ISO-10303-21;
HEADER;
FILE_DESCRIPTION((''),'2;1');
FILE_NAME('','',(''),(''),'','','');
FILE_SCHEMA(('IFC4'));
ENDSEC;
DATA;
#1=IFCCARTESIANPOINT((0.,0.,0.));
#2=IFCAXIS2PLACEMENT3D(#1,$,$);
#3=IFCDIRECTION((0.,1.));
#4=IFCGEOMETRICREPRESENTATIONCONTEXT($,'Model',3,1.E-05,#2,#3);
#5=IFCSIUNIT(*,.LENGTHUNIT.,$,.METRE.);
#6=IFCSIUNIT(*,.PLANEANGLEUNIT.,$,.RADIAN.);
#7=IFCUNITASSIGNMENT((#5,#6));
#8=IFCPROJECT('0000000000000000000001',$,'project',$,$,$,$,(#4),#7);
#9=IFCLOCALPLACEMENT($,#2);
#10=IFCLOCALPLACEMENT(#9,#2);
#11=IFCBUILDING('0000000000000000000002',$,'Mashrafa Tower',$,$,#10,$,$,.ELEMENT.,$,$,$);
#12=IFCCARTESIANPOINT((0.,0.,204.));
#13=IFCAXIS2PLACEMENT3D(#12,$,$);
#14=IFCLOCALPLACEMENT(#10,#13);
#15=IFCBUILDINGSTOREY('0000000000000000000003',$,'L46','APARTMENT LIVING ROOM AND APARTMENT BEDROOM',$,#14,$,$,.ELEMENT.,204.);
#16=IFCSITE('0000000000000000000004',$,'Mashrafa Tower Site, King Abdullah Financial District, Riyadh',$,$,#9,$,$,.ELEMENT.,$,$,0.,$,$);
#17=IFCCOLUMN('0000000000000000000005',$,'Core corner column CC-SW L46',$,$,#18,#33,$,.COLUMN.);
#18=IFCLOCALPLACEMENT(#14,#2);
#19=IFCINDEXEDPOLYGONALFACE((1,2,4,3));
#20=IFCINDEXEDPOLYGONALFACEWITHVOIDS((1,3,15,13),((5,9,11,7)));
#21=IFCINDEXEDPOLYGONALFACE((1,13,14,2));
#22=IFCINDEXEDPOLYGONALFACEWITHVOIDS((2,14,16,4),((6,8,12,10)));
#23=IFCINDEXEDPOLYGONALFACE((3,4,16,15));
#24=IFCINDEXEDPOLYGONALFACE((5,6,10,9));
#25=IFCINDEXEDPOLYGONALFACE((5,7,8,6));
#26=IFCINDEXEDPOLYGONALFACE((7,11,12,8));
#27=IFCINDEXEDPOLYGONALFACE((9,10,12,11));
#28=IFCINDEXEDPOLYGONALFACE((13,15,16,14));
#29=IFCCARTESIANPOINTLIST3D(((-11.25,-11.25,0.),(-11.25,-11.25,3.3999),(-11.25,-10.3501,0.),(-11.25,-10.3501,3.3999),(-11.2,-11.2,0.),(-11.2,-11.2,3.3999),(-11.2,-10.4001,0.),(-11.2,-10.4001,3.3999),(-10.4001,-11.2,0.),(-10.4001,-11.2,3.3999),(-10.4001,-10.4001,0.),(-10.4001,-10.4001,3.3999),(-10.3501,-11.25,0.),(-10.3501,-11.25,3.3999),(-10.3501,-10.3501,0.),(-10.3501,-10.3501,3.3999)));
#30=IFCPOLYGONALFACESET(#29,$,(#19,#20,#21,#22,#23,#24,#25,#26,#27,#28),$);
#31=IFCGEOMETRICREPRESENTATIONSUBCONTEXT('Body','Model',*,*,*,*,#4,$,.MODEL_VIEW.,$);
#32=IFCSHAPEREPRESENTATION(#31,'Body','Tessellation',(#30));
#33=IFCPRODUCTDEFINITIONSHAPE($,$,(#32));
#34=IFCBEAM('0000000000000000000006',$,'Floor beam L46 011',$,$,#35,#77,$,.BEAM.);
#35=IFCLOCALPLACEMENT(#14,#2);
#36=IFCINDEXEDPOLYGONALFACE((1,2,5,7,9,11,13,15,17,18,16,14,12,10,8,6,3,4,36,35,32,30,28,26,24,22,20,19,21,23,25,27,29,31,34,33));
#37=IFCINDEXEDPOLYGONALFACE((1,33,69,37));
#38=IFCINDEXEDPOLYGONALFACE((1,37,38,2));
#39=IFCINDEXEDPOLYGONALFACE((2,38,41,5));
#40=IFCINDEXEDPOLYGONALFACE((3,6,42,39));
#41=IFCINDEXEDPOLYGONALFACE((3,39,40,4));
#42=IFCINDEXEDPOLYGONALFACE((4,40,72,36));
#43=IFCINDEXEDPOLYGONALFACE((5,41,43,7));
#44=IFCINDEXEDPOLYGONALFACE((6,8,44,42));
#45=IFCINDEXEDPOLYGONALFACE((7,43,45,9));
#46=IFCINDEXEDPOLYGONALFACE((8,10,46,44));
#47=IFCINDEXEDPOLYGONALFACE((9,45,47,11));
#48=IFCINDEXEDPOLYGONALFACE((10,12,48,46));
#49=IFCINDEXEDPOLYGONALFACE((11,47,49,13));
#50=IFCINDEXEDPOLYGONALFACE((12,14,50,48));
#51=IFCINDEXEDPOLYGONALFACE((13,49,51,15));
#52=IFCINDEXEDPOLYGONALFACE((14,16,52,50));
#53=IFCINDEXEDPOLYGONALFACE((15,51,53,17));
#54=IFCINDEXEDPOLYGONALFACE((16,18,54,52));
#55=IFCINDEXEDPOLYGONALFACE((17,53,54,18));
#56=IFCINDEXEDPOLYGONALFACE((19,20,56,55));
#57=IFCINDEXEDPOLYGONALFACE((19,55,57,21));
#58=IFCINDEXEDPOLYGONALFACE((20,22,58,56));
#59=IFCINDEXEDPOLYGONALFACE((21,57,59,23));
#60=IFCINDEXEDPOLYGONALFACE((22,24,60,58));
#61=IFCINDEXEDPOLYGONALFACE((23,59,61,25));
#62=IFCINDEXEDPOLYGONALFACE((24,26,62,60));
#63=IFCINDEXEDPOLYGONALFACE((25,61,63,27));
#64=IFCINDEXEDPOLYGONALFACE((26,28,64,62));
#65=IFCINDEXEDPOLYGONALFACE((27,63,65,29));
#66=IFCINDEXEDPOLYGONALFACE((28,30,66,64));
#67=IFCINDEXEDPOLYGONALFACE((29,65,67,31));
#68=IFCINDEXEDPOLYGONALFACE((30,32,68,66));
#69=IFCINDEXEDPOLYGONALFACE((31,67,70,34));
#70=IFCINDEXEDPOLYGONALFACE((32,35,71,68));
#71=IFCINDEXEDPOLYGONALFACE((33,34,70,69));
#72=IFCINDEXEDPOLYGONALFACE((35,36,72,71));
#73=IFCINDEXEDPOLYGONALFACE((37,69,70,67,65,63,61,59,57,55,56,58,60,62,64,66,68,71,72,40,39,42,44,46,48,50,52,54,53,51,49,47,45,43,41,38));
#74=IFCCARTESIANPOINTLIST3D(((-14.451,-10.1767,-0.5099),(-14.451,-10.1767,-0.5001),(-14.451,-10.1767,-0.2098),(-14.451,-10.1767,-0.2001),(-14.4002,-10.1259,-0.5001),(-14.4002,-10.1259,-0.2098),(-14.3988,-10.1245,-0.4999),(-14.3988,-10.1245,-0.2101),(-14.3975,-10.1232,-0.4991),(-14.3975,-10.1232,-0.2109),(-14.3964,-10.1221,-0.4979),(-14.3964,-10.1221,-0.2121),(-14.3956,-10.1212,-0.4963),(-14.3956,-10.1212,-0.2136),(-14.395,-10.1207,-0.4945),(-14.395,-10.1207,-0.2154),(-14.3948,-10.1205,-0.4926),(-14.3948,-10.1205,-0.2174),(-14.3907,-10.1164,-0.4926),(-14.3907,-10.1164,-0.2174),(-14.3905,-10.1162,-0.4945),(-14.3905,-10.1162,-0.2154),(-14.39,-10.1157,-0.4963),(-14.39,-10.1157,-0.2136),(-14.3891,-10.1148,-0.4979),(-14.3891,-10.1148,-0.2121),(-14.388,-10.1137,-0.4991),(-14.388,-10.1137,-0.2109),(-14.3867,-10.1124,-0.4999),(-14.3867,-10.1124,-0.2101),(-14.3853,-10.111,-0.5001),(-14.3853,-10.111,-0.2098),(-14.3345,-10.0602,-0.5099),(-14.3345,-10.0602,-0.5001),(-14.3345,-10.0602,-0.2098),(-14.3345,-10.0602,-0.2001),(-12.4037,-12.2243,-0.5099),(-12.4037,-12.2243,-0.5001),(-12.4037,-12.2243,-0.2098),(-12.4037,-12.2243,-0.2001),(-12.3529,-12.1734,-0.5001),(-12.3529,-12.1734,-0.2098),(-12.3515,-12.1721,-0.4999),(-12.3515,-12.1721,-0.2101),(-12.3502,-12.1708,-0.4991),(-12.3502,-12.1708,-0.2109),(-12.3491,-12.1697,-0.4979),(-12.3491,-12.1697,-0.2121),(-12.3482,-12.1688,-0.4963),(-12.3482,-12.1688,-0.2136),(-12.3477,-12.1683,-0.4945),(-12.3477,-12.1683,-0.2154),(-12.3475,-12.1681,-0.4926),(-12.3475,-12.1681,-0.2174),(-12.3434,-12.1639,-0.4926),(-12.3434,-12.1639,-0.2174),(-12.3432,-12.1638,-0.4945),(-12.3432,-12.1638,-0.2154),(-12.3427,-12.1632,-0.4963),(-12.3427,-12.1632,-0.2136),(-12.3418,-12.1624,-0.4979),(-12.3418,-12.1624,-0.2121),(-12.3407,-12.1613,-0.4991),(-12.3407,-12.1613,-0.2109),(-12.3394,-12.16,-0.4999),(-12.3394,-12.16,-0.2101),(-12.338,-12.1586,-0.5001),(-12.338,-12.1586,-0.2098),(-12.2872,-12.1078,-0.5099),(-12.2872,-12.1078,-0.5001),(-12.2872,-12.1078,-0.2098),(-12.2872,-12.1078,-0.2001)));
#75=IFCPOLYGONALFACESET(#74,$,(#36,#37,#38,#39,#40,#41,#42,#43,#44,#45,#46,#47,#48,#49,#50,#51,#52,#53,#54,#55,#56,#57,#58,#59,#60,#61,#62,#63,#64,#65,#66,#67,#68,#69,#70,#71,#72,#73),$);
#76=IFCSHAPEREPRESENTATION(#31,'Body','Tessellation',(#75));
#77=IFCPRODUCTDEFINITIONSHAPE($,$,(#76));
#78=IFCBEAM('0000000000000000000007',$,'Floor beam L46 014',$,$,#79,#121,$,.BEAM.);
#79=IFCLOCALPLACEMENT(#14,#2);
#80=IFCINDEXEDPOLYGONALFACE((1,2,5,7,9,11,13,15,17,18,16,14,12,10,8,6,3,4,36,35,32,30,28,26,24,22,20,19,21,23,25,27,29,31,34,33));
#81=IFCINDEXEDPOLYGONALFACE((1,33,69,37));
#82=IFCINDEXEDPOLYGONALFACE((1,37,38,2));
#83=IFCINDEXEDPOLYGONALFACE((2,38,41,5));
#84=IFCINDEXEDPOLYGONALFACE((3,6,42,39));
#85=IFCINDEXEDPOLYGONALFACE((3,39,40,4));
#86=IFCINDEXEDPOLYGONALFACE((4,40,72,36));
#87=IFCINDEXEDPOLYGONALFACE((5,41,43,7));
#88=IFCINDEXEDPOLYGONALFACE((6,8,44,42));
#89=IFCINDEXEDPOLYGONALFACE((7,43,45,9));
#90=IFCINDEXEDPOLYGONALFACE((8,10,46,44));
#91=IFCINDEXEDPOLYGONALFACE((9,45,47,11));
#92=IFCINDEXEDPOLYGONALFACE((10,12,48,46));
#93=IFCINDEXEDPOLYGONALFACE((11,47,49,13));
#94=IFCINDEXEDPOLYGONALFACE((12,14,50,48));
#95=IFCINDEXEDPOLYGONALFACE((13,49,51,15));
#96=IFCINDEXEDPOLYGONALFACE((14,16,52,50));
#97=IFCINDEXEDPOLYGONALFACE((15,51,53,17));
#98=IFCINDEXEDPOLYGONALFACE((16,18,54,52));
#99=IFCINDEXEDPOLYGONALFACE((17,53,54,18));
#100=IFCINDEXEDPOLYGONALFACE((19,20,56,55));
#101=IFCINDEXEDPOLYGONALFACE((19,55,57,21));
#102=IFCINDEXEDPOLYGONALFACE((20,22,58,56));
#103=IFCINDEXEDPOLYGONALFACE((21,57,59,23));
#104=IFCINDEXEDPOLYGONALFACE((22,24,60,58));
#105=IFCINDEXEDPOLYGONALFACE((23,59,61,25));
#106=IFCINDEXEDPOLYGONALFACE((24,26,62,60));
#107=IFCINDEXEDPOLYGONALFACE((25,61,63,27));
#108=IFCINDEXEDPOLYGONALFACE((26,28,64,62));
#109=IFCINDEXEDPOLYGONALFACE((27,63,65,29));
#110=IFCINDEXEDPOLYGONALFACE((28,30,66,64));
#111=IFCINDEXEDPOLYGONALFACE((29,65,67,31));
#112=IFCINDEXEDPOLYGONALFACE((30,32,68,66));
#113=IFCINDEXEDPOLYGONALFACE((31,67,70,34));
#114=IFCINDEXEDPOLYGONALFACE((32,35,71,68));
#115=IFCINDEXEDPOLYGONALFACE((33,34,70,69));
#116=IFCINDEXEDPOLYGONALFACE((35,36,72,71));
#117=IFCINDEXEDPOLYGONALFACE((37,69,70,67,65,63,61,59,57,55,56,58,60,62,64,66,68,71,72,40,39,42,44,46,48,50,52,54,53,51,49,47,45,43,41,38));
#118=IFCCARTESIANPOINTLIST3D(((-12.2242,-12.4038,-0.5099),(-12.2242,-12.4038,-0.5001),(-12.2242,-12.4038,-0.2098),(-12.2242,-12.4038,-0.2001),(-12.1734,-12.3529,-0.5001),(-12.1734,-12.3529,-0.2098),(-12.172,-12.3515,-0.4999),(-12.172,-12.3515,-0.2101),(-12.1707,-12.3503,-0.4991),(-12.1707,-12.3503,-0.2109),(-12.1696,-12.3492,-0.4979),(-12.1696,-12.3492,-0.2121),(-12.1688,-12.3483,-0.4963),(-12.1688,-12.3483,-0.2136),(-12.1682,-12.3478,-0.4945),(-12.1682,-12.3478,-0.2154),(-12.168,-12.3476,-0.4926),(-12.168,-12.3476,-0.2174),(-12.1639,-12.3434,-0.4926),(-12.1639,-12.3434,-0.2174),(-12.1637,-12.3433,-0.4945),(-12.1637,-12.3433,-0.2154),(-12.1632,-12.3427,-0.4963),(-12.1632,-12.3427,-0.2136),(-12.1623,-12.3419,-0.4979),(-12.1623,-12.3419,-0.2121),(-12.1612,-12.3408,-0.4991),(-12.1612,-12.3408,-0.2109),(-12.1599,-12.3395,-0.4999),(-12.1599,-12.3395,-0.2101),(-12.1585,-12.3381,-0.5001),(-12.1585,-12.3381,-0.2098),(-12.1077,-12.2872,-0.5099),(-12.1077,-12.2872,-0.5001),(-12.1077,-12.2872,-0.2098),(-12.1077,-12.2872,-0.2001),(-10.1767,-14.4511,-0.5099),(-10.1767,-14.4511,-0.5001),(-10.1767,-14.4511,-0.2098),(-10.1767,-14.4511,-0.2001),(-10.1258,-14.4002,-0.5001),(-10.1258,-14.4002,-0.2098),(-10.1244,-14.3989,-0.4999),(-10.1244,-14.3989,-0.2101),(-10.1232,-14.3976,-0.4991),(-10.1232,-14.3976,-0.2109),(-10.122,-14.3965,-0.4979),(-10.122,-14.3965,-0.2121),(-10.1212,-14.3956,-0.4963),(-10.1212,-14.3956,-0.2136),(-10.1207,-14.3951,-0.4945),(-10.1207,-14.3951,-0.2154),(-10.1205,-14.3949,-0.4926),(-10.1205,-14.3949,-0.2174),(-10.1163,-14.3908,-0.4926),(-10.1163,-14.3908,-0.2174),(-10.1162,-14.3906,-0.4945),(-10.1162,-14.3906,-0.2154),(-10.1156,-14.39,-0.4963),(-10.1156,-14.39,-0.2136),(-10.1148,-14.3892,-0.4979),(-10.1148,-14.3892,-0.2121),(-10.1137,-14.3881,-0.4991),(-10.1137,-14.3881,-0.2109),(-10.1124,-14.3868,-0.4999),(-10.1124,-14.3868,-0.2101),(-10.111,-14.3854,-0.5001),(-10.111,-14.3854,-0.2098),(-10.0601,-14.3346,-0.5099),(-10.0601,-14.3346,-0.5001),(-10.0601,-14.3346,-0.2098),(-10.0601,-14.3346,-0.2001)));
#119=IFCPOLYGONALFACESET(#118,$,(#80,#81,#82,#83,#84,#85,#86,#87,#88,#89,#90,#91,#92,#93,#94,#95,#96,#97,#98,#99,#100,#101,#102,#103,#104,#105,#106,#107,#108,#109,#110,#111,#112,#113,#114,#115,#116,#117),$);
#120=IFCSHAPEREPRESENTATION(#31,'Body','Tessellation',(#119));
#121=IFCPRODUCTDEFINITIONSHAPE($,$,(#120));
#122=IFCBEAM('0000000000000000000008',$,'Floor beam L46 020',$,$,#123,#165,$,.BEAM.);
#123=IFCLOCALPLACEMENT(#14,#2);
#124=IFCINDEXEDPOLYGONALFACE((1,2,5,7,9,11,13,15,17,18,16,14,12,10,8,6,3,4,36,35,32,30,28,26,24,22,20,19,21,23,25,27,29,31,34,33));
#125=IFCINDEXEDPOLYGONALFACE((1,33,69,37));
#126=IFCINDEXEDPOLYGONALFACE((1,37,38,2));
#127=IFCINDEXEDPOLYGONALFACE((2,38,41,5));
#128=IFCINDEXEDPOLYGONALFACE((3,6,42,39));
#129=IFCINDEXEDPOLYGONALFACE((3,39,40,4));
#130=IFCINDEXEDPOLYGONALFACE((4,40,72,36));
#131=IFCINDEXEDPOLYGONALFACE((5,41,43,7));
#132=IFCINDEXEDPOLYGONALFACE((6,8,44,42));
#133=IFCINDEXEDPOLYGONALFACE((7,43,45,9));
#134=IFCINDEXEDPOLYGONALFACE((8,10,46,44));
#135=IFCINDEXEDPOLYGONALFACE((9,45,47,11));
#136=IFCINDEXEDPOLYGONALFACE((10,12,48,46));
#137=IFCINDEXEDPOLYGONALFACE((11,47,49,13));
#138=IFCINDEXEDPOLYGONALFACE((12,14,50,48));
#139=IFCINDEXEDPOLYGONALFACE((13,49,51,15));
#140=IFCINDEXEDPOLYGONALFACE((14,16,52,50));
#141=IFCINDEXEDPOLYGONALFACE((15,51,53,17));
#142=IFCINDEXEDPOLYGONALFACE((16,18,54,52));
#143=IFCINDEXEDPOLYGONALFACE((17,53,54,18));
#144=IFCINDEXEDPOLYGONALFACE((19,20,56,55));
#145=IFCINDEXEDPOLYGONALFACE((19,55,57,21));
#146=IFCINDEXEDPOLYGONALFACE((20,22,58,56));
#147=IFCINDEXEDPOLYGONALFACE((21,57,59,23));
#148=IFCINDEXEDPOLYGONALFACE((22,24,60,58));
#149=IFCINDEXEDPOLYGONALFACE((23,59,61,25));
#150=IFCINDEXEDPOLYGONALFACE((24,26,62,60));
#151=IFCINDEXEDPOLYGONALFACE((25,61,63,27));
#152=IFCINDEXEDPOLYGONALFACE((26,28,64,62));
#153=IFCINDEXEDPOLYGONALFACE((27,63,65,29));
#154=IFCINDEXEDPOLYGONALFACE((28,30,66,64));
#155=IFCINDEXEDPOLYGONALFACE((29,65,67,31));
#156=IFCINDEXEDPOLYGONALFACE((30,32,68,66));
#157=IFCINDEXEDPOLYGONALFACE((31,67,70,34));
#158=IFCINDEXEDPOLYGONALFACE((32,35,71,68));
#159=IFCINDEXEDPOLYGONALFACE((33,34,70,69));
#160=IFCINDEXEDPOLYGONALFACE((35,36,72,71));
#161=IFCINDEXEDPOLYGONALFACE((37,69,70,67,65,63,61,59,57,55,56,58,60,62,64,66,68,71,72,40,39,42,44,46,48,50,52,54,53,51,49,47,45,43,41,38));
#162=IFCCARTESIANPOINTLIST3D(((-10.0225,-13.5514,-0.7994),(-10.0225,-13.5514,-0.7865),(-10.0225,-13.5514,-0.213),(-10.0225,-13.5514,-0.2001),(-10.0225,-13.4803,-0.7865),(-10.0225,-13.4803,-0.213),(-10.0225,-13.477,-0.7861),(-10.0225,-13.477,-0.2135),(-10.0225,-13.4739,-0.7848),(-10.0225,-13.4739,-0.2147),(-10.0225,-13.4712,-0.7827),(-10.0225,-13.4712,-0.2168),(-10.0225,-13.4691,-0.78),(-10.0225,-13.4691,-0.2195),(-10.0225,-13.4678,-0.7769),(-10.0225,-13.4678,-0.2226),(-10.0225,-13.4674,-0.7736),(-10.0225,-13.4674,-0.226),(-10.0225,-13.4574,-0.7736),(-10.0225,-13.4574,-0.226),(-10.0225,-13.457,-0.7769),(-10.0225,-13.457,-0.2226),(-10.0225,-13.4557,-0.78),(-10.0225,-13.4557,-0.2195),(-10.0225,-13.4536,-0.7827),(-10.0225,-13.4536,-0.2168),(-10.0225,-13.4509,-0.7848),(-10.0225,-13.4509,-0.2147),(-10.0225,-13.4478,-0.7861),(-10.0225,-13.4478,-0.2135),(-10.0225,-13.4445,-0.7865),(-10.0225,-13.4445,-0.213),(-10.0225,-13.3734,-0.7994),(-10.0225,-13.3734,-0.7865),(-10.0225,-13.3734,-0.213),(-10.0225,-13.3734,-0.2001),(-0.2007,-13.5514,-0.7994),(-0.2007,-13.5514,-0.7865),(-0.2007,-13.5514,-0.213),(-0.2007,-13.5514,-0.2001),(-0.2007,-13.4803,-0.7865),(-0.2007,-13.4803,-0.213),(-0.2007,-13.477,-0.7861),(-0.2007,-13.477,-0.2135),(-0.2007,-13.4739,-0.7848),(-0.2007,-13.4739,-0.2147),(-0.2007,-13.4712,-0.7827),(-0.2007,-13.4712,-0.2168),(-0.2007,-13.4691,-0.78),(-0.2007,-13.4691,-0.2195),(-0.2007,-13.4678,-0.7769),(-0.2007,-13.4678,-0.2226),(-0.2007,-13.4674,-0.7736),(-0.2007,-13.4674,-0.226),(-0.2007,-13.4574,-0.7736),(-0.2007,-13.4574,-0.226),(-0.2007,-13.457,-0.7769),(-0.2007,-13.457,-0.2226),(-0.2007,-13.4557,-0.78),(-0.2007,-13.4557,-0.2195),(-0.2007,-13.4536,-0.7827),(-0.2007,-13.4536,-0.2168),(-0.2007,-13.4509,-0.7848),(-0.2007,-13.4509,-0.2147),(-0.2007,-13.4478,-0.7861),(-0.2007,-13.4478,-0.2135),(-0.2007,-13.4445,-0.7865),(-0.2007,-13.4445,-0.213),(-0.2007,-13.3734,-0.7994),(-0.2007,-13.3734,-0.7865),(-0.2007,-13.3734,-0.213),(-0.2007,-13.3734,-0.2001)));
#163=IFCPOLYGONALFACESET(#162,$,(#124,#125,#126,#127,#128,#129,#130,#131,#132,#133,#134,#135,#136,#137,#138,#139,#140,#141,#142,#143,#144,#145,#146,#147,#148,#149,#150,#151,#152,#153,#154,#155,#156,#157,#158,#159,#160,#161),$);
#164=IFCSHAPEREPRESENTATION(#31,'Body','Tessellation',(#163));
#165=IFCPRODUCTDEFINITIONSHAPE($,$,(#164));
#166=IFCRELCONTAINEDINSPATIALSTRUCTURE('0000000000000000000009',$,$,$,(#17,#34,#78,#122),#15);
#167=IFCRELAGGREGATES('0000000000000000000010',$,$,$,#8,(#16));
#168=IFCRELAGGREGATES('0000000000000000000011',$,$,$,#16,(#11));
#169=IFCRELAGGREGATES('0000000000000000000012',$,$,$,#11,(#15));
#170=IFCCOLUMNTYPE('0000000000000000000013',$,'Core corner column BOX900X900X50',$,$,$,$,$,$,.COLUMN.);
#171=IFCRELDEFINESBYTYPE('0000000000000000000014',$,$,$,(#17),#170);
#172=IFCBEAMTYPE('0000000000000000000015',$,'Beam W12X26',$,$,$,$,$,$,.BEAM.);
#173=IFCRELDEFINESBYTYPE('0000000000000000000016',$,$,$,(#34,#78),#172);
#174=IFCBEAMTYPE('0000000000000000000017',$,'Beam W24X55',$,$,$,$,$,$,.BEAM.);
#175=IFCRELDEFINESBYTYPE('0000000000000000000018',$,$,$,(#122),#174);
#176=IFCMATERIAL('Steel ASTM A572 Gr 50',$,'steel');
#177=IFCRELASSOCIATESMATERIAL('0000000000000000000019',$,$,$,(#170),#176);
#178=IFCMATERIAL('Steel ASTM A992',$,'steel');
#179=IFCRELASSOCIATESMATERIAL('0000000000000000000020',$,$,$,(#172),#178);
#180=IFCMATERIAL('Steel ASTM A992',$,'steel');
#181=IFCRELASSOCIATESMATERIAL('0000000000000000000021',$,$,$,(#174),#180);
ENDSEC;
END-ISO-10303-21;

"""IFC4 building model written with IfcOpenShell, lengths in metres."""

from ifc_helpers import new_model, si_unit, direction, frame, origin, origin_2d, place, context, subcontext, project, spatial, hollow_rectangle, i_section, extrude, material, material_profile, profile_set, type_object, element, save


model = new_model("IFC4")

# Units and contexts
model_context = context("Model", 3, precision=1e-05, world=origin(), true_north=direction((0.0, 1.0)))
body_context = subcontext(model_context, "Body", "Model", "MODEL_VIEW")
ifc_project = project(units=[si_unit("LENGTHUNIT", "METRE"), si_unit("PLANEANGLEUNIT", "RADIAN")], contexts=[model_context])

# Site, building, storey
site_placement = place(None, origin())
site = spatial("IfcSite", under=ifc_project, at=site_placement, Name="Mashrafa Tower Site, King Abdullah Financial District, Riyadh", CompositionType="ELEMENT", RefElevation=0.0)
building_placement = place(site_placement, origin())
building = spatial("IfcBuilding", under=site, at=building_placement, Name="Mashrafa Tower", CompositionType="ELEMENT")
storey_placement = place(building_placement, frame((0.0, 0.0, 204.0)))
storey = spatial("IfcBuildingStorey", under=building, at=storey_placement, Name="L46", Description="APARTMENT LIVING ROOM AND APARTMENT BEDROOM", CompositionType="ELEMENT", Elevation=204.0)

# Column
ifc_material_1 = material(Name="Steel ASTM A572 Gr 50", Category="steel")
ifc_material_profile_1 = material_profile(ifc_material_1, hollow_rectangle(XDim=0.8999, YDim=0.8999, WallThickness=0.05, at=origin_2d()), Name="BOX900X900X50")
ifc_profile_set_1 = profile_set([ifc_material_profile_1], Name="Steel ASTM A572 Gr 50")
column_type = type_object("IfcColumnType", Name="Core corner column BOX900X900X50", PredefinedType="COLUMN", material=ifc_profile_set_1)
column_placement = place(storey_placement, frame((-10.8, -10.8, 0.0), z_axis=(0.0, 0.0, 1.0), x_axis=(1.0, 0.0, 0.0)))
element("IfcColumn", 1, at=column_placement, inside=storey, type_object=column_type, Name="Core corner column CC-SW L46", PredefinedType="COLUMN", context=body_context, shape_type="SweptSolid", body=[
    extrude(hollow_rectangle(XDim=0.8999, YDim=0.8999, WallThickness=0.05, at=origin_2d()), origin(), (0.0, 0.0, 1.0), 3.3999),
])

# Beams
ifc_material_2 = material(Name="Steel ASTM A992", Category="steel")
ifc_material_profile_2 = material_profile(ifc_material_2, i_section(OverallWidth=0.1648, OverallDepth=0.3098, WebThickness=0.0059, FlangeThickness=0.0098, FilletRadius=0.0076, at=origin_2d()), Name="W12X26")
ifc_profile_set_2 = profile_set([ifc_material_profile_2], Name="Steel ASTM A992")
beam_type_1 = type_object("IfcBeamType", Name="Beam W12X26", PredefinedType="BEAM", material=ifc_profile_set_2)
for number, where, z_axis, x_axis, name in (
    (2, (-12.3455, -12.166, -0.355), (-0.707065, 0.707149, 0.0), (-0.707149, -0.707065, 0.0), "Floor beam L46 011"),
    (3, (-10.1184, -14.3928, -0.355), (-0.707149, 0.707065, 0.0), (-0.707065, -0.707149, 0.0), "Floor beam L46 014"),
):
    element("IfcBeam", number, at=place(storey_placement, frame(where, z_axis=z_axis, x_axis=x_axis)), inside=storey, type_object=beam_type_1, Name=name, PredefinedType="BEAM", context=body_context, shape_type="SweptSolid", body=[
        extrude(i_section(OverallWidth=0.1648, OverallDepth=0.3098, WebThickness=0.0059, FlangeThickness=0.0098, FilletRadius=0.0076, at=origin_2d()), origin(), (0.0, 0.0, 1.0), 2.8955),
    ])
ifc_material_3 = material(Name="Steel ASTM A992", Category="steel")
ifc_material_profile_3 = material_profile(ifc_material_3, i_section(OverallWidth=0.178, OverallDepth=0.5994, WebThickness=0.01, FlangeThickness=0.0129, FilletRadius=0.0129, at=origin_2d()), Name="W24X55")
ifc_profile_set_3 = profile_set([ifc_material_profile_3], Name="Steel ASTM A992")
beam_type_2 = type_object("IfcBeamType", Name="Beam W24X55", PredefinedType="BEAM", material=ifc_profile_set_3)
beam_placement = place(storey_placement, frame((-0.2007, -13.4624, -0.4998), z_axis=(-1.0, 0.0, 0.0), x_axis=(0.0, -1.0, 0.0)))
element("IfcBeam", 4, at=beam_placement, inside=storey, type_object=beam_type_2, Name="Floor beam L46 020", PredefinedType="BEAM", context=body_context, shape_type="SweptSolid", body=[
    extrude(i_section(OverallWidth=0.178, OverallDepth=0.5994, WebThickness=0.01, FlangeThickness=0.0129, FilletRadius=0.0129, at=origin_2d()), origin(), (0.0, 0.0, 1.0), 9.8218),
])

save(model, "model.ifc")
